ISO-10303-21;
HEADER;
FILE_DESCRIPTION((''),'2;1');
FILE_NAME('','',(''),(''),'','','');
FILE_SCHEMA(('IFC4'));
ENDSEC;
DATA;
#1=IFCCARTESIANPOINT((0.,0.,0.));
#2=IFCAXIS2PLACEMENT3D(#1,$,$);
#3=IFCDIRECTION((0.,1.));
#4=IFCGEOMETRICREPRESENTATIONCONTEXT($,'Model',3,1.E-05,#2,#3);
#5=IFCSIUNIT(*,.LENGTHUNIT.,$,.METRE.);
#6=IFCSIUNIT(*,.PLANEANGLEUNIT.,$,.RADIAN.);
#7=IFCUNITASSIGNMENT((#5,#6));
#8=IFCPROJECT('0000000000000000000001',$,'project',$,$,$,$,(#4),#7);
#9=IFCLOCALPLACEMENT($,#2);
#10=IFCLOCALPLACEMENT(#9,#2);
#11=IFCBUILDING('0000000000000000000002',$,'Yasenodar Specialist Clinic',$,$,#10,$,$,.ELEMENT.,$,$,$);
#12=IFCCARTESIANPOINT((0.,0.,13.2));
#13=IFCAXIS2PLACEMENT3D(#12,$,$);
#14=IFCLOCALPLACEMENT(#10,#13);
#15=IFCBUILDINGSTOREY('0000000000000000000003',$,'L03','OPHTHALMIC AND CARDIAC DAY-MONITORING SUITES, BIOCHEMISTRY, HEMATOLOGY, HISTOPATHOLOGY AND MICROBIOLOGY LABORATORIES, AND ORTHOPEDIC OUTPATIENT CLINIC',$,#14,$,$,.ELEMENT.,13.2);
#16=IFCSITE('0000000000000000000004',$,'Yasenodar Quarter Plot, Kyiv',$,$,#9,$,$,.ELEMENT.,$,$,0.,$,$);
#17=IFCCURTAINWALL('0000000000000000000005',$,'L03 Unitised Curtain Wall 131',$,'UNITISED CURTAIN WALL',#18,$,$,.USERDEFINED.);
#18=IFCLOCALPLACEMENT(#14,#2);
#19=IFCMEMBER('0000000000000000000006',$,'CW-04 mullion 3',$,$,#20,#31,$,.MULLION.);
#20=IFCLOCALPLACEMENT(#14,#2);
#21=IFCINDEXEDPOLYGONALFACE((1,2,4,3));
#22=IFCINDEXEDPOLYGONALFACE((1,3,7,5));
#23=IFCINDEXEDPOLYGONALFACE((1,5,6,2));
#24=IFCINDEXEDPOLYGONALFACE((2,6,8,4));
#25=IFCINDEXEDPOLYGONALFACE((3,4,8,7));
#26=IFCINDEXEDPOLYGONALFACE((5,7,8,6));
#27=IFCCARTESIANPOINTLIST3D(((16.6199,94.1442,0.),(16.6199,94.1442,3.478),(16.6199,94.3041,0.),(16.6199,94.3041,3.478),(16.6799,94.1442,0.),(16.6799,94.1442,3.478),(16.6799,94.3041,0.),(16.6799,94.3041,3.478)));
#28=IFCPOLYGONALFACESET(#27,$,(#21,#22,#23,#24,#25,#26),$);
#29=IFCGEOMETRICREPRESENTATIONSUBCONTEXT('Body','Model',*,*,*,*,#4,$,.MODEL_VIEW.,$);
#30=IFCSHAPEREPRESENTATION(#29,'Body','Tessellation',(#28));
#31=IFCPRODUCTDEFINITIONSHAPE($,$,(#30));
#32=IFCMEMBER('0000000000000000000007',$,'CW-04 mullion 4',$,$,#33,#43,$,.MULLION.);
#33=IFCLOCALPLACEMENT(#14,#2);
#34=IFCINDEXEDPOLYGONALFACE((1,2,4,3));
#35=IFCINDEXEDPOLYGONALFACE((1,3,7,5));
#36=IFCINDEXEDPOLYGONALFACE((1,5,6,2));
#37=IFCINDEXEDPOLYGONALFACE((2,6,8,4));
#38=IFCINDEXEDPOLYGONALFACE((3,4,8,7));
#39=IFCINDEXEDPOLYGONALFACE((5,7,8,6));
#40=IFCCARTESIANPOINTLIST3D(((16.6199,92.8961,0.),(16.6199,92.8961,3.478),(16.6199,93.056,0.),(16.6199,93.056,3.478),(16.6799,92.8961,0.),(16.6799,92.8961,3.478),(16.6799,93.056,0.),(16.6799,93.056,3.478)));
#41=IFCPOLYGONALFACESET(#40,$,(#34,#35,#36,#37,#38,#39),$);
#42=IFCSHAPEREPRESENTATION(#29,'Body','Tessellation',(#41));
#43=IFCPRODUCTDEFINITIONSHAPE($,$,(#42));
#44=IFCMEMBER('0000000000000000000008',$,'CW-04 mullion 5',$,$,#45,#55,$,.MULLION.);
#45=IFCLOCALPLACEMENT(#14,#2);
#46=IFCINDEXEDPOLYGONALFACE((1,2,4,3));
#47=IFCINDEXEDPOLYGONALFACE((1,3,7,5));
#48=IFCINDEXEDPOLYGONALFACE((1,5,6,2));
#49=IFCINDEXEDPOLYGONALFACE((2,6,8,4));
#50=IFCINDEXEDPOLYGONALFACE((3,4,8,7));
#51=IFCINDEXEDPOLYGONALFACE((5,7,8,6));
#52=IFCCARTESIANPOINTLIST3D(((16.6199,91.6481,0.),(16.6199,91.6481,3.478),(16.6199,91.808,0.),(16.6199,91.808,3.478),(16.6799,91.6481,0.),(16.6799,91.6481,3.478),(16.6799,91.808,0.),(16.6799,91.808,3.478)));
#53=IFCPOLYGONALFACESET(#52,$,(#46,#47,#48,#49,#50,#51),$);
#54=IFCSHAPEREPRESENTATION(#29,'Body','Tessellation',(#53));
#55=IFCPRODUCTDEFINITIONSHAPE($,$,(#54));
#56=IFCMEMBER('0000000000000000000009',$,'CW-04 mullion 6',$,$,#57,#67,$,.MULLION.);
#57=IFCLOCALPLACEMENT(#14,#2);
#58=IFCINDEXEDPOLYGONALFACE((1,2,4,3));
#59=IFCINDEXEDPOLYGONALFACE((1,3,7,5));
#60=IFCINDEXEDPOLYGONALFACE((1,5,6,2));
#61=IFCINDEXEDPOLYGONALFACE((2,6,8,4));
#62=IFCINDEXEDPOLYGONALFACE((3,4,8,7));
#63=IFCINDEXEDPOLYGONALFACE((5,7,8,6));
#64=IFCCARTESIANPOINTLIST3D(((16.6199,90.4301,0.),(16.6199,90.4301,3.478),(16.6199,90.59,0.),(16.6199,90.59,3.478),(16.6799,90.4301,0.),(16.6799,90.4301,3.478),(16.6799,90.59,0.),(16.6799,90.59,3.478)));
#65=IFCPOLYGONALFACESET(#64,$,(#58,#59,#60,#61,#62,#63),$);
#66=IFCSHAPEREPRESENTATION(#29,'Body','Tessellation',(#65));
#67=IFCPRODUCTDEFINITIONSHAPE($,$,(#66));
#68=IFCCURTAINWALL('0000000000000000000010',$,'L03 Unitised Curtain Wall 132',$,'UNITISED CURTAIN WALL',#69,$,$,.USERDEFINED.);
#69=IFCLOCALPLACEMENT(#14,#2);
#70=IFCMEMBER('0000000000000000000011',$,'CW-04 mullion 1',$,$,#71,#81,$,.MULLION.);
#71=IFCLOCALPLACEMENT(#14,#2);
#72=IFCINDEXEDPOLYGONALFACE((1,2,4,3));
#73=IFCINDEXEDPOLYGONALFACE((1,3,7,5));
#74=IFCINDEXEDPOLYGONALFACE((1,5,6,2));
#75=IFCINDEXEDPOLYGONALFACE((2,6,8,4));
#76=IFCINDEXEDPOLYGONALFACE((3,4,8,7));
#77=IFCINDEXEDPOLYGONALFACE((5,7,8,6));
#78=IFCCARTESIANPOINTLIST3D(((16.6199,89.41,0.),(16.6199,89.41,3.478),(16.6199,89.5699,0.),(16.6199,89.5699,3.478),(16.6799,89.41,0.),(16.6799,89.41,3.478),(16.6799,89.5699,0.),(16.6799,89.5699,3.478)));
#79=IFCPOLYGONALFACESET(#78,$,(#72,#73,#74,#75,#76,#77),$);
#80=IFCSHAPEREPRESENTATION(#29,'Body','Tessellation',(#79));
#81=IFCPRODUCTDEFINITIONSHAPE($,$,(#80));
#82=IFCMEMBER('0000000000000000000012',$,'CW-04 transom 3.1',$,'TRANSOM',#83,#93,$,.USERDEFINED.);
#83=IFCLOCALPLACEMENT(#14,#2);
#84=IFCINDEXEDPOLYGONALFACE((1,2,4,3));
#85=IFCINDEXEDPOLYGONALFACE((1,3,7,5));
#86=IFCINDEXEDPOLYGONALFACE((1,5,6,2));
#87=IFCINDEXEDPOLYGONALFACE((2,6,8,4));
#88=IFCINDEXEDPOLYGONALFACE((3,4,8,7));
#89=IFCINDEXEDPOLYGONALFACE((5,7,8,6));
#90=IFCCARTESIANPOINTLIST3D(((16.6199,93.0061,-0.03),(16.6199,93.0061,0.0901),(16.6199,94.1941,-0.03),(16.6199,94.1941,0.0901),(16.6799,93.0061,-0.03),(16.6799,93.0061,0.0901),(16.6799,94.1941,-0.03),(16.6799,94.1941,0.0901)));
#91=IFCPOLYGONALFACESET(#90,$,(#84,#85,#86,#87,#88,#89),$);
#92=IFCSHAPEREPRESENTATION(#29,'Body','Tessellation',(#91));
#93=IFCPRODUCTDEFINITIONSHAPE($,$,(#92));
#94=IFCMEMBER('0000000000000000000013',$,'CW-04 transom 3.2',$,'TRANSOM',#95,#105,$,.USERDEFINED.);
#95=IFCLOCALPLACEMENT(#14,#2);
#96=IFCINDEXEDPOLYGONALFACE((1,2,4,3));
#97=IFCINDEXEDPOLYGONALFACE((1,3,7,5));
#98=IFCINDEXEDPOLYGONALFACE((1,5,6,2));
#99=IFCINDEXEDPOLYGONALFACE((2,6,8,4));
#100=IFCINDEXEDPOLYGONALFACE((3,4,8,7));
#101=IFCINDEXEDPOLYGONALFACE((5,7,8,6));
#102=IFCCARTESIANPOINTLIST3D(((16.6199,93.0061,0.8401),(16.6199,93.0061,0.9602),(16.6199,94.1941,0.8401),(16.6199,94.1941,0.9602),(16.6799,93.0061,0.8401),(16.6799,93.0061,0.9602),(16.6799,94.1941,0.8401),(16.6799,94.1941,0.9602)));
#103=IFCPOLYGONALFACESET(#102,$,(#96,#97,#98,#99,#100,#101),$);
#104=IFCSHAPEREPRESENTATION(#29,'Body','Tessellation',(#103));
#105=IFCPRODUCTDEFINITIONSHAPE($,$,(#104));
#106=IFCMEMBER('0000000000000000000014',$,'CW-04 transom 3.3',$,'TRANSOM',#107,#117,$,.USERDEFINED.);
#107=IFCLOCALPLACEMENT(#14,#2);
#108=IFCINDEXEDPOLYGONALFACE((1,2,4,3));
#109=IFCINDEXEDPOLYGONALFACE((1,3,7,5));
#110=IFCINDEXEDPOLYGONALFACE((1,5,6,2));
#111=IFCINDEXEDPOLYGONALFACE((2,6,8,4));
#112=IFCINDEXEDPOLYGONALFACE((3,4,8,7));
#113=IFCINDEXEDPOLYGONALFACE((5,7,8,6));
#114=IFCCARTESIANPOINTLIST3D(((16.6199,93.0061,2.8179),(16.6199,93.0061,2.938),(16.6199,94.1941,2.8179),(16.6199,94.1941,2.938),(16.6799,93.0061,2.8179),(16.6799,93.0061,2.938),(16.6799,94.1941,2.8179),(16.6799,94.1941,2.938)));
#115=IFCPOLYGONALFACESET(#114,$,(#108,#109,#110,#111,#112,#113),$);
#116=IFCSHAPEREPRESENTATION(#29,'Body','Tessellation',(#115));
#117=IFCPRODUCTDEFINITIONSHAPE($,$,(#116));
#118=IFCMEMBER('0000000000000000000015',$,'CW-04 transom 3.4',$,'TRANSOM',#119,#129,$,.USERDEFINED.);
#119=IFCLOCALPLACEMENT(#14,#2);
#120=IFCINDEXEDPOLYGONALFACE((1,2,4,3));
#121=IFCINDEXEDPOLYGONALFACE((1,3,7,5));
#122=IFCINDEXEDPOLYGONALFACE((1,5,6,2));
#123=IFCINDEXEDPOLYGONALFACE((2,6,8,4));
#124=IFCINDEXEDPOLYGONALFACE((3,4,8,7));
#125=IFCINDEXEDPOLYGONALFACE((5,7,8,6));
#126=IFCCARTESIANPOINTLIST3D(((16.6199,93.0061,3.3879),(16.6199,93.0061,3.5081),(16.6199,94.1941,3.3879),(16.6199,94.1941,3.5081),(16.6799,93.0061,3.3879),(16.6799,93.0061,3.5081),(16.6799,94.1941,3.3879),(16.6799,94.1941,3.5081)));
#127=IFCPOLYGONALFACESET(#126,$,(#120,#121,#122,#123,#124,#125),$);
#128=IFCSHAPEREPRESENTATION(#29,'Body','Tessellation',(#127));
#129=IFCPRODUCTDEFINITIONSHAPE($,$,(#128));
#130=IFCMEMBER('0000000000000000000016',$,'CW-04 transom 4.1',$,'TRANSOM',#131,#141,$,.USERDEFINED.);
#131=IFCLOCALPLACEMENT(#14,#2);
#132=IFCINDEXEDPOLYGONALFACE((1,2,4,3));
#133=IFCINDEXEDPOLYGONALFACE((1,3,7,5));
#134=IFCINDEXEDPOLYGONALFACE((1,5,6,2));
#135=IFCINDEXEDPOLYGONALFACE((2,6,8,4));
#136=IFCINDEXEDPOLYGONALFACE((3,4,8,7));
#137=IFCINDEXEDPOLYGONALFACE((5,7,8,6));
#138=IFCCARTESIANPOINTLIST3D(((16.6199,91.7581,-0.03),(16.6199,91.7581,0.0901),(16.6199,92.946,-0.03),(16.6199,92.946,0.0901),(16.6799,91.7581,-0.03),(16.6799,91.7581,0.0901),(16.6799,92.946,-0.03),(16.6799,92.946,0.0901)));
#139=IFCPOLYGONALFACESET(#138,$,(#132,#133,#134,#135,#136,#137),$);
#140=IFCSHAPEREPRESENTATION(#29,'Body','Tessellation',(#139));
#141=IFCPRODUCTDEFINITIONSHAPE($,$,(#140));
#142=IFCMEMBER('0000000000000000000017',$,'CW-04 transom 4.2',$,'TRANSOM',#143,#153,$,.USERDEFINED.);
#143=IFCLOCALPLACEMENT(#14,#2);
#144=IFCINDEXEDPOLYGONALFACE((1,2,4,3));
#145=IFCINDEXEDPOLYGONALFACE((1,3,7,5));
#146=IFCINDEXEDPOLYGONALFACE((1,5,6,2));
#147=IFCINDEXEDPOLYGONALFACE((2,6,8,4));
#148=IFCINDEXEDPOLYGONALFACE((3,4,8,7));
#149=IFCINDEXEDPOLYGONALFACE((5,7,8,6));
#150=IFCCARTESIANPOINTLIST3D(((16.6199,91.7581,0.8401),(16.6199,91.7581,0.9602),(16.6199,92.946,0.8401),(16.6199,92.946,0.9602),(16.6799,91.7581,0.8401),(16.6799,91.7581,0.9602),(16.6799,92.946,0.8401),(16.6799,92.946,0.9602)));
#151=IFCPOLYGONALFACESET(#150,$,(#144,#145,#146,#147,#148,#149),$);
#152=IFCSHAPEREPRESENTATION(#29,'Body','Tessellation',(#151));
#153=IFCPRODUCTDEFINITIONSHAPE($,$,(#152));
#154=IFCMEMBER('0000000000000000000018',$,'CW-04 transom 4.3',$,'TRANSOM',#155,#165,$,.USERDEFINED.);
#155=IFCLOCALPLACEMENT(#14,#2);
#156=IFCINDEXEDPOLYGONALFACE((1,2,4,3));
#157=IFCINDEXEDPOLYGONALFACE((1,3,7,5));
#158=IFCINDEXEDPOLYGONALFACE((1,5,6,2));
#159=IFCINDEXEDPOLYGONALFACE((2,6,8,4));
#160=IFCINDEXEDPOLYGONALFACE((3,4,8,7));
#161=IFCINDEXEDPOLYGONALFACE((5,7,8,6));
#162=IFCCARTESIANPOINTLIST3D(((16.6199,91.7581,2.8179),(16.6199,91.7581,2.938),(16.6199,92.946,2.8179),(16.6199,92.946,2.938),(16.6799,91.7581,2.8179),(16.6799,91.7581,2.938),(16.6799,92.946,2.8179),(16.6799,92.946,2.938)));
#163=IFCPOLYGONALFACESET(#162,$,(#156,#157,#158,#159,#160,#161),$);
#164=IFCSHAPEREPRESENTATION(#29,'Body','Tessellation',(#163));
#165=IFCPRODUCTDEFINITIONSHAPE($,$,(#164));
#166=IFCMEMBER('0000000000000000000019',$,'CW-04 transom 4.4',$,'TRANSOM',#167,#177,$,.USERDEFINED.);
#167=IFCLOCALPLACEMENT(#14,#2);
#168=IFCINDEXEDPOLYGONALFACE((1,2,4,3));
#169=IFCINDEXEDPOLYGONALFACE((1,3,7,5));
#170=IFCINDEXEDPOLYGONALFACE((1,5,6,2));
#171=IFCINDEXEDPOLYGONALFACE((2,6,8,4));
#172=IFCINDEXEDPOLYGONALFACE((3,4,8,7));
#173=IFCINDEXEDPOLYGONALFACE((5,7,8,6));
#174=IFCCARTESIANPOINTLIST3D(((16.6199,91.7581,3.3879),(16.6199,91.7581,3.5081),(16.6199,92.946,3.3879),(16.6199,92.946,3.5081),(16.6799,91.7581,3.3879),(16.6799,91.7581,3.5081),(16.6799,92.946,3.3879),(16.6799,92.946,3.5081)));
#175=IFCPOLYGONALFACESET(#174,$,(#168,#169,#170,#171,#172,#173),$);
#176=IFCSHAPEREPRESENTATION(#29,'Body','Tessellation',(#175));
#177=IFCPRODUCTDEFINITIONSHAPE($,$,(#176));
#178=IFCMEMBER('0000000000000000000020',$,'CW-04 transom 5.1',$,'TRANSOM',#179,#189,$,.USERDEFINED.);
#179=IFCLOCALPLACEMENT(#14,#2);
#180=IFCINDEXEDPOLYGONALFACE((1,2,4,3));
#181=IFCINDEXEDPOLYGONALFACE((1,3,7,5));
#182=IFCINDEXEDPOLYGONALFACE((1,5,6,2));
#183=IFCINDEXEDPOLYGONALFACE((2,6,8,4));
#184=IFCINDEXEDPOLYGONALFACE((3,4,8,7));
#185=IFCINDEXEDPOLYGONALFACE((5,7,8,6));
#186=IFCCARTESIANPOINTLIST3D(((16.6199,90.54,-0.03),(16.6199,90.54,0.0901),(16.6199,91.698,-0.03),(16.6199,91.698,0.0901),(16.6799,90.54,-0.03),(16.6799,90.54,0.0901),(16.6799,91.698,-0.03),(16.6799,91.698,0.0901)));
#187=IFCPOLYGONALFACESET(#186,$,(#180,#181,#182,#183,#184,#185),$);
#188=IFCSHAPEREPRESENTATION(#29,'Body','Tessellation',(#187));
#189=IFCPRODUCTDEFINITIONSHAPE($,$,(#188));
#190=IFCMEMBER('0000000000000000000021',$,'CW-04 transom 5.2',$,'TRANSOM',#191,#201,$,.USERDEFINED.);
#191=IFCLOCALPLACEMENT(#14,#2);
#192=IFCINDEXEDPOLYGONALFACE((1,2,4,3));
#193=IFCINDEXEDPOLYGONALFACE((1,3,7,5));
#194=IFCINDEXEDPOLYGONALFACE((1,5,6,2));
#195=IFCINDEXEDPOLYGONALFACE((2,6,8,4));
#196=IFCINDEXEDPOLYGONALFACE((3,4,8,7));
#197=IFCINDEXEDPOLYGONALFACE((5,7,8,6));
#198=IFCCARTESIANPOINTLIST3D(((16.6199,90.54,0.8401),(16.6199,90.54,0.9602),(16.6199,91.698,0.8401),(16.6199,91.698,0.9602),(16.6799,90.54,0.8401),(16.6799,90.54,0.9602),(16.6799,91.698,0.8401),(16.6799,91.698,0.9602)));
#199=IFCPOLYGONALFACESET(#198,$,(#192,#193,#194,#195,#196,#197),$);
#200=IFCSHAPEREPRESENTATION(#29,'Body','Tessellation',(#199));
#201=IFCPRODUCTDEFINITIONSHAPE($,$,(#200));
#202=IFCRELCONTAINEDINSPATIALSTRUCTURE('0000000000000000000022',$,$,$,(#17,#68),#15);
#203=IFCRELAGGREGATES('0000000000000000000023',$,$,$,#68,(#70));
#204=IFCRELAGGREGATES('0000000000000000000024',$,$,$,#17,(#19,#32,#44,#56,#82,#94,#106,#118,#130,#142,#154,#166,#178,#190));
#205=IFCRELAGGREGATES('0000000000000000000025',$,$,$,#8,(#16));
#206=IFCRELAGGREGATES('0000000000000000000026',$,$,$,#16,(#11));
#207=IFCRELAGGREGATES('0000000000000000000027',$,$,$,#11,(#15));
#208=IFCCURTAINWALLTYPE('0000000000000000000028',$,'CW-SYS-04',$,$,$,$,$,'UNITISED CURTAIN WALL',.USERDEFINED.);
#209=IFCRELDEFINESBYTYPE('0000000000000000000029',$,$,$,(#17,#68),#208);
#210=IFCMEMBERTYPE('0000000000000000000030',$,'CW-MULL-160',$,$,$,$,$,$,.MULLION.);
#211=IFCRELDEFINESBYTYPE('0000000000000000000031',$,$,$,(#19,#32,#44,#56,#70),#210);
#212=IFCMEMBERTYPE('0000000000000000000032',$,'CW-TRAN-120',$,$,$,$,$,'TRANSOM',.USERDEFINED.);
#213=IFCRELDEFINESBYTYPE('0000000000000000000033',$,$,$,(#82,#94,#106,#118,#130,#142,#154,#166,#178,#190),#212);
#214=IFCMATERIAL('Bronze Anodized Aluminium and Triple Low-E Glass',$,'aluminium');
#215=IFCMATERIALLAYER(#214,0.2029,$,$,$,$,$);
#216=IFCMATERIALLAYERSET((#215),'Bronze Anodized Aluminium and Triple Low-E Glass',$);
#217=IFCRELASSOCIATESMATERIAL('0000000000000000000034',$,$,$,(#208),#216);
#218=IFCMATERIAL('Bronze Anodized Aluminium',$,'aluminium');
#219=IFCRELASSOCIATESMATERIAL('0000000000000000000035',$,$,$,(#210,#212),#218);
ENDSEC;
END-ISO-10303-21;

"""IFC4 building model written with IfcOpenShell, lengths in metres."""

from ifc_helpers import new_model, si_unit, direction, frame, origin, origin_2d, place, context, subcontext, project, spatial, rectangle, extrude, material, layer, layer_set, material_profile, profile_set, type_object, element, aggregate, save


model = new_model("IFC4")

# Units and contexts
model_context = context("Model", 3, precision=1e-05, world=origin(), true_north=direction((0.0, 1.0)))
body_context = subcontext(model_context, "Body", "Model", "MODEL_VIEW")
ifc_project = project(units=[si_unit("LENGTHUNIT", "METRE"), si_unit("PLANEANGLEUNIT", "RADIAN")], contexts=[model_context])

# Site, building, storey
site_placement = place(None, origin())
site = spatial("IfcSite", under=ifc_project, at=site_placement, Name="Yasenodar Quarter Plot, Kyiv", CompositionType="ELEMENT", RefElevation=0.0)
building_placement = place(site_placement, origin())
building = spatial("IfcBuilding", under=site, at=building_placement, Name="Yasenodar Specialist Clinic", CompositionType="ELEMENT")
storey_placement = place(building_placement, frame((0.0, 0.0, 13.2)))
storey = spatial("IfcBuildingStorey", under=building, at=storey_placement, Name="L03", Description="OPHTHALMIC AND CARDIAC DAY-MONITORING SUITES, BIOCHEMISTRY, HEMATOLOGY, HISTOPATHOLOGY AND MICROBIOLOGY LABORATORIES, AND ORTHOPEDIC OUTPATIENT CLINIC", CompositionType="ELEMENT", Elevation=13.2)

# Curtain wall, members
ifc_material_1 = material(Name="Bronze Anodized Aluminium and Triple Low-E Glass", Category="aluminium")
ifc_layer_1 = layer(ifc_material_1, 0.2029)
ifc_layer_set_1 = layer_set([ifc_layer_1], Name="Bronze Anodized Aluminium and Triple Low-E Glass")
curtain_wall_type = type_object("IfcCurtainWallType", Name="CW-SYS-04", ElementType="UNITISED CURTAIN WALL", PredefinedType="USERDEFINED", material=ifc_layer_set_1)
curtain_wall_1_placement = place(storey_placement, origin())
curtain_wall_1 = element("IfcCurtainWall", 1, at=curtain_wall_1_placement, inside=storey, type_object=curtain_wall_type, Name="L03 Unitised Curtain Wall 131", ObjectType="UNITISED CURTAIN WALL", PredefinedType="USERDEFINED")
ifc_material_2 = material(Name="Bronze Anodized Aluminium", Category="aluminium")
ifc_material_profile_1 = material_profile(ifc_material_2, rectangle(XDim=0.0601, YDim=0.1599, at=origin_2d()), Name="CW-MULL 60x160")
ifc_profile_set_1 = profile_set([ifc_material_profile_1], Name="Bronze Anodized Aluminium")
member_type_1 = type_object("IfcMemberType", Name="CW-MULL-160", PredefinedType="MULLION", material=ifc_profile_set_1)
member_1_placement = place(storey_placement, frame((16.6499, 94.2241, 0.0), z_axis=(0.0, 0.0, 1.0), x_axis=(1.0, 0.0, 0.0)))
member_1 = element("IfcMember", 2, at=member_1_placement, type_object=member_type_1, Name="CW-04 mullion 3", PredefinedType="MULLION", context=body_context, shape_type="SweptSolid", body=[
    extrude(rectangle(XDim=0.0601, YDim=0.1599, at=origin_2d()), origin(), (0.0, 0.0, 1.0), 3.478),
])
member_2_placement = place(storey_placement, frame((16.6499, 92.9761, 0.0), z_axis=(0.0, 0.0, 1.0), x_axis=(1.0, 0.0, 0.0)))
member_2 = element("IfcMember", 3, at=member_2_placement, type_object=member_type_1, Name="CW-04 mullion 4", PredefinedType="MULLION", context=body_context, shape_type="SweptSolid", body=[
    extrude(rectangle(XDim=0.0601, YDim=0.1599, at=origin_2d()), origin(), (0.0, 0.0, 1.0), 3.478),
])
member_3_placement = place(storey_placement, frame((16.6499, 91.728, 0.0), z_axis=(0.0, 0.0, 1.0), x_axis=(1.0, 0.0, 0.0)))
member_3 = element("IfcMember", 4, at=member_3_placement, type_object=member_type_1, Name="CW-04 mullion 5", PredefinedType="MULLION", context=body_context, shape_type="SweptSolid", body=[
    extrude(rectangle(XDim=0.0601, YDim=0.1599, at=origin_2d()), origin(), (0.0, 0.0, 1.0), 3.478),
])
member_4_placement = place(storey_placement, frame((16.6499, 90.51, 0.0), z_axis=(0.0, 0.0, 1.0), x_axis=(1.0, 0.0, 0.0)))
member_4 = element("IfcMember", 5, at=member_4_placement, type_object=member_type_1, Name="CW-04 mullion 6", PredefinedType="MULLION", context=body_context, shape_type="SweptSolid", body=[
    extrude(rectangle(XDim=0.0601, YDim=0.1599, at=origin_2d()), origin(), (0.0, 0.0, 1.0), 3.478),
])

# Curtain wall, member
curtain_wall_2_placement = place(storey_placement, origin())
curtain_wall_2 = element("IfcCurtainWall", 6, at=curtain_wall_2_placement, inside=storey, type_object=curtain_wall_type, Name="L03 Unitised Curtain Wall 132", ObjectType="UNITISED CURTAIN WALL", PredefinedType="USERDEFINED")
member_5_placement = place(storey_placement, frame((16.6499, 89.49, 0.0), z_axis=(0.0, 0.0, 1.0), x_axis=(1.0, 0.0, 0.0)))
member_5 = element("IfcMember", 7, at=member_5_placement, type_object=member_type_1, Name="CW-04 mullion 1", PredefinedType="MULLION", context=body_context, shape_type="SweptSolid", body=[
    extrude(rectangle(XDim=0.0601, YDim=0.1599, at=origin_2d()), origin(), (0.0, 0.0, 1.0), 3.478),
])
aggregate(curtain_wall_2, [member_5])

# Members
ifc_material_profile_2 = material_profile(ifc_material_2, rectangle(XDim=0.0601, YDim=0.1201, at=origin_2d()), Name="CW-TRAN 60x120")
ifc_profile_set_2 = profile_set([ifc_material_profile_2], Name="Bronze Anodized Aluminium")
member_type_2 = type_object("IfcMemberType", Name="CW-TRAN-120", ElementType="TRANSOM", PredefinedType="USERDEFINED", material=ifc_profile_set_2)
member_6_placement = place(storey_placement, frame((16.6499, 94.1941, 0.03), z_axis=(0.0, -1.0, 0.0), x_axis=(1.0, 0.0, 0.0)))
member_6 = element("IfcMember", 8, at=member_6_placement, type_object=member_type_2, Name="CW-04 transom 3.1", ObjectType="TRANSOM", PredefinedType="USERDEFINED", context=body_context, shape_type="SweptSolid", body=[
    extrude(rectangle(XDim=0.0601, YDim=0.1201, at=origin_2d()), origin(), (0.0, 0.0, 1.0), 1.188),
])
member_7_placement = place(storey_placement, frame((16.6499, 94.1941, 0.9001), z_axis=(0.0, -1.0, 0.0), x_axis=(1.0, 0.0, 0.0)))
member_7 = element("IfcMember", 9, at=member_7_placement, type_object=member_type_2, Name="CW-04 transom 3.2", ObjectType="TRANSOM", PredefinedType="USERDEFINED", context=body_context, shape_type="SweptSolid", body=[
    extrude(rectangle(XDim=0.0601, YDim=0.1201, at=origin_2d()), origin(), (0.0, 0.0, 1.0), 1.188),
])
member_8_placement = place(storey_placement, frame((16.6499, 94.1941, 2.8779), z_axis=(0.0, -1.0, 0.0), x_axis=(1.0, 0.0, 0.0)))
member_8 = element("IfcMember", 10, at=member_8_placement, type_object=member_type_2, Name="CW-04 transom 3.3", ObjectType="TRANSOM", PredefinedType="USERDEFINED", context=body_context, shape_type="SweptSolid", body=[
    extrude(rectangle(XDim=0.0601, YDim=0.1201, at=origin_2d()), origin(), (0.0, 0.0, 1.0), 1.188),
])
member_9_placement = place(storey_placement, frame((16.6499, 94.1941, 3.448), z_axis=(0.0, -1.0, 0.0), x_axis=(1.0, 0.0, 0.0)))
member_9 = element("IfcMember", 11, at=member_9_placement, type_object=member_type_2, Name="CW-04 transom 3.4", ObjectType="TRANSOM", PredefinedType="USERDEFINED", context=body_context, shape_type="SweptSolid", body=[
    extrude(rectangle(XDim=0.0601, YDim=0.1201, at=origin_2d()), origin(), (0.0, 0.0, 1.0), 1.188),
])
member_10_placement = place(storey_placement, frame((16.6499, 92.946, 0.03), z_axis=(0.0, -1.0, 0.0), x_axis=(1.0, 0.0, 0.0)))
member_10 = element("IfcMember", 12, at=member_10_placement, type_object=member_type_2, Name="CW-04 transom 4.1", ObjectType="TRANSOM", PredefinedType="USERDEFINED", context=body_context, shape_type="SweptSolid", body=[
    extrude(rectangle(XDim=0.0601, YDim=0.1201, at=origin_2d()), origin(), (0.0, 0.0, 1.0), 1.188),
])
member_11_placement = place(storey_placement, frame((16.6499, 92.946, 0.9001), z_axis=(0.0, -1.0, 0.0), x_axis=(1.0, 0.0, 0.0)))
member_11 = element("IfcMember", 13, at=member_11_placement, type_object=member_type_2, Name="CW-04 transom 4.2", ObjectType="TRANSOM", PredefinedType="USERDEFINED", context=body_context, shape_type="SweptSolid", body=[
    extrude(rectangle(XDim=0.0601, YDim=0.1201, at=origin_2d()), origin(), (0.0, 0.0, 1.0), 1.188),
])
member_12_placement = place(storey_placement, frame((16.6499, 92.946, 2.8779), z_axis=(0.0, -1.0, 0.0), x_axis=(1.0, 0.0, 0.0)))
member_12 = element("IfcMember", 14, at=member_12_placement, type_object=member_type_2, Name="CW-04 transom 4.3", ObjectType="TRANSOM", PredefinedType="USERDEFINED", context=body_context, shape_type="SweptSolid", body=[
    extrude(rectangle(XDim=0.0601, YDim=0.1201, at=origin_2d()), origin(), (0.0, 0.0, 1.0), 1.188),
])
member_13_placement = place(storey_placement, frame((16.6499, 92.946, 3.448), z_axis=(0.0, -1.0, 0.0), x_axis=(1.0, 0.0, 0.0)))
member_13 = element("IfcMember", 15, at=member_13_placement, type_object=member_type_2, Name="CW-04 transom 4.4", ObjectType="TRANSOM", PredefinedType="USERDEFINED", context=body_context, shape_type="SweptSolid", body=[
    extrude(rectangle(XDim=0.0601, YDim=0.1201, at=origin_2d()), origin(), (0.0, 0.0, 1.0), 1.188),
])
member_14_placement = place(storey_placement, frame((16.6499, 91.698, 0.03), z_axis=(0.0, -1.0, 0.0), x_axis=(1.0, 0.0, 0.0)))
member_14 = element("IfcMember", 16, at=member_14_placement, type_object=member_type_2, Name="CW-04 transom 5.1", ObjectType="TRANSOM", PredefinedType="USERDEFINED", context=body_context, shape_type="SweptSolid", body=[
    extrude(rectangle(XDim=0.0601, YDim=0.1201, at=origin_2d()), origin(), (0.0, 0.0, 1.0), 1.158),
])
member_15_placement = place(storey_placement, frame((16.6499, 91.698, 0.9001), z_axis=(0.0, -1.0, 0.0), x_axis=(1.0, 0.0, 0.0)))
member_15 = element("IfcMember", 17, at=member_15_placement, type_object=member_type_2, Name="CW-04 transom 5.2", ObjectType="TRANSOM", PredefinedType="USERDEFINED", context=body_context, shape_type="SweptSolid", body=[
    extrude(rectangle(XDim=0.0601, YDim=0.1201, at=origin_2d()), origin(), (0.0, 0.0, 1.0), 1.158),
])

aggregate(curtain_wall_1, [member_1, member_2, member_3, member_4, member_6, member_7, member_8, member_9, member_10, member_11, member_12, member_13, member_14, member_15])

save(model, "model.ifc")
